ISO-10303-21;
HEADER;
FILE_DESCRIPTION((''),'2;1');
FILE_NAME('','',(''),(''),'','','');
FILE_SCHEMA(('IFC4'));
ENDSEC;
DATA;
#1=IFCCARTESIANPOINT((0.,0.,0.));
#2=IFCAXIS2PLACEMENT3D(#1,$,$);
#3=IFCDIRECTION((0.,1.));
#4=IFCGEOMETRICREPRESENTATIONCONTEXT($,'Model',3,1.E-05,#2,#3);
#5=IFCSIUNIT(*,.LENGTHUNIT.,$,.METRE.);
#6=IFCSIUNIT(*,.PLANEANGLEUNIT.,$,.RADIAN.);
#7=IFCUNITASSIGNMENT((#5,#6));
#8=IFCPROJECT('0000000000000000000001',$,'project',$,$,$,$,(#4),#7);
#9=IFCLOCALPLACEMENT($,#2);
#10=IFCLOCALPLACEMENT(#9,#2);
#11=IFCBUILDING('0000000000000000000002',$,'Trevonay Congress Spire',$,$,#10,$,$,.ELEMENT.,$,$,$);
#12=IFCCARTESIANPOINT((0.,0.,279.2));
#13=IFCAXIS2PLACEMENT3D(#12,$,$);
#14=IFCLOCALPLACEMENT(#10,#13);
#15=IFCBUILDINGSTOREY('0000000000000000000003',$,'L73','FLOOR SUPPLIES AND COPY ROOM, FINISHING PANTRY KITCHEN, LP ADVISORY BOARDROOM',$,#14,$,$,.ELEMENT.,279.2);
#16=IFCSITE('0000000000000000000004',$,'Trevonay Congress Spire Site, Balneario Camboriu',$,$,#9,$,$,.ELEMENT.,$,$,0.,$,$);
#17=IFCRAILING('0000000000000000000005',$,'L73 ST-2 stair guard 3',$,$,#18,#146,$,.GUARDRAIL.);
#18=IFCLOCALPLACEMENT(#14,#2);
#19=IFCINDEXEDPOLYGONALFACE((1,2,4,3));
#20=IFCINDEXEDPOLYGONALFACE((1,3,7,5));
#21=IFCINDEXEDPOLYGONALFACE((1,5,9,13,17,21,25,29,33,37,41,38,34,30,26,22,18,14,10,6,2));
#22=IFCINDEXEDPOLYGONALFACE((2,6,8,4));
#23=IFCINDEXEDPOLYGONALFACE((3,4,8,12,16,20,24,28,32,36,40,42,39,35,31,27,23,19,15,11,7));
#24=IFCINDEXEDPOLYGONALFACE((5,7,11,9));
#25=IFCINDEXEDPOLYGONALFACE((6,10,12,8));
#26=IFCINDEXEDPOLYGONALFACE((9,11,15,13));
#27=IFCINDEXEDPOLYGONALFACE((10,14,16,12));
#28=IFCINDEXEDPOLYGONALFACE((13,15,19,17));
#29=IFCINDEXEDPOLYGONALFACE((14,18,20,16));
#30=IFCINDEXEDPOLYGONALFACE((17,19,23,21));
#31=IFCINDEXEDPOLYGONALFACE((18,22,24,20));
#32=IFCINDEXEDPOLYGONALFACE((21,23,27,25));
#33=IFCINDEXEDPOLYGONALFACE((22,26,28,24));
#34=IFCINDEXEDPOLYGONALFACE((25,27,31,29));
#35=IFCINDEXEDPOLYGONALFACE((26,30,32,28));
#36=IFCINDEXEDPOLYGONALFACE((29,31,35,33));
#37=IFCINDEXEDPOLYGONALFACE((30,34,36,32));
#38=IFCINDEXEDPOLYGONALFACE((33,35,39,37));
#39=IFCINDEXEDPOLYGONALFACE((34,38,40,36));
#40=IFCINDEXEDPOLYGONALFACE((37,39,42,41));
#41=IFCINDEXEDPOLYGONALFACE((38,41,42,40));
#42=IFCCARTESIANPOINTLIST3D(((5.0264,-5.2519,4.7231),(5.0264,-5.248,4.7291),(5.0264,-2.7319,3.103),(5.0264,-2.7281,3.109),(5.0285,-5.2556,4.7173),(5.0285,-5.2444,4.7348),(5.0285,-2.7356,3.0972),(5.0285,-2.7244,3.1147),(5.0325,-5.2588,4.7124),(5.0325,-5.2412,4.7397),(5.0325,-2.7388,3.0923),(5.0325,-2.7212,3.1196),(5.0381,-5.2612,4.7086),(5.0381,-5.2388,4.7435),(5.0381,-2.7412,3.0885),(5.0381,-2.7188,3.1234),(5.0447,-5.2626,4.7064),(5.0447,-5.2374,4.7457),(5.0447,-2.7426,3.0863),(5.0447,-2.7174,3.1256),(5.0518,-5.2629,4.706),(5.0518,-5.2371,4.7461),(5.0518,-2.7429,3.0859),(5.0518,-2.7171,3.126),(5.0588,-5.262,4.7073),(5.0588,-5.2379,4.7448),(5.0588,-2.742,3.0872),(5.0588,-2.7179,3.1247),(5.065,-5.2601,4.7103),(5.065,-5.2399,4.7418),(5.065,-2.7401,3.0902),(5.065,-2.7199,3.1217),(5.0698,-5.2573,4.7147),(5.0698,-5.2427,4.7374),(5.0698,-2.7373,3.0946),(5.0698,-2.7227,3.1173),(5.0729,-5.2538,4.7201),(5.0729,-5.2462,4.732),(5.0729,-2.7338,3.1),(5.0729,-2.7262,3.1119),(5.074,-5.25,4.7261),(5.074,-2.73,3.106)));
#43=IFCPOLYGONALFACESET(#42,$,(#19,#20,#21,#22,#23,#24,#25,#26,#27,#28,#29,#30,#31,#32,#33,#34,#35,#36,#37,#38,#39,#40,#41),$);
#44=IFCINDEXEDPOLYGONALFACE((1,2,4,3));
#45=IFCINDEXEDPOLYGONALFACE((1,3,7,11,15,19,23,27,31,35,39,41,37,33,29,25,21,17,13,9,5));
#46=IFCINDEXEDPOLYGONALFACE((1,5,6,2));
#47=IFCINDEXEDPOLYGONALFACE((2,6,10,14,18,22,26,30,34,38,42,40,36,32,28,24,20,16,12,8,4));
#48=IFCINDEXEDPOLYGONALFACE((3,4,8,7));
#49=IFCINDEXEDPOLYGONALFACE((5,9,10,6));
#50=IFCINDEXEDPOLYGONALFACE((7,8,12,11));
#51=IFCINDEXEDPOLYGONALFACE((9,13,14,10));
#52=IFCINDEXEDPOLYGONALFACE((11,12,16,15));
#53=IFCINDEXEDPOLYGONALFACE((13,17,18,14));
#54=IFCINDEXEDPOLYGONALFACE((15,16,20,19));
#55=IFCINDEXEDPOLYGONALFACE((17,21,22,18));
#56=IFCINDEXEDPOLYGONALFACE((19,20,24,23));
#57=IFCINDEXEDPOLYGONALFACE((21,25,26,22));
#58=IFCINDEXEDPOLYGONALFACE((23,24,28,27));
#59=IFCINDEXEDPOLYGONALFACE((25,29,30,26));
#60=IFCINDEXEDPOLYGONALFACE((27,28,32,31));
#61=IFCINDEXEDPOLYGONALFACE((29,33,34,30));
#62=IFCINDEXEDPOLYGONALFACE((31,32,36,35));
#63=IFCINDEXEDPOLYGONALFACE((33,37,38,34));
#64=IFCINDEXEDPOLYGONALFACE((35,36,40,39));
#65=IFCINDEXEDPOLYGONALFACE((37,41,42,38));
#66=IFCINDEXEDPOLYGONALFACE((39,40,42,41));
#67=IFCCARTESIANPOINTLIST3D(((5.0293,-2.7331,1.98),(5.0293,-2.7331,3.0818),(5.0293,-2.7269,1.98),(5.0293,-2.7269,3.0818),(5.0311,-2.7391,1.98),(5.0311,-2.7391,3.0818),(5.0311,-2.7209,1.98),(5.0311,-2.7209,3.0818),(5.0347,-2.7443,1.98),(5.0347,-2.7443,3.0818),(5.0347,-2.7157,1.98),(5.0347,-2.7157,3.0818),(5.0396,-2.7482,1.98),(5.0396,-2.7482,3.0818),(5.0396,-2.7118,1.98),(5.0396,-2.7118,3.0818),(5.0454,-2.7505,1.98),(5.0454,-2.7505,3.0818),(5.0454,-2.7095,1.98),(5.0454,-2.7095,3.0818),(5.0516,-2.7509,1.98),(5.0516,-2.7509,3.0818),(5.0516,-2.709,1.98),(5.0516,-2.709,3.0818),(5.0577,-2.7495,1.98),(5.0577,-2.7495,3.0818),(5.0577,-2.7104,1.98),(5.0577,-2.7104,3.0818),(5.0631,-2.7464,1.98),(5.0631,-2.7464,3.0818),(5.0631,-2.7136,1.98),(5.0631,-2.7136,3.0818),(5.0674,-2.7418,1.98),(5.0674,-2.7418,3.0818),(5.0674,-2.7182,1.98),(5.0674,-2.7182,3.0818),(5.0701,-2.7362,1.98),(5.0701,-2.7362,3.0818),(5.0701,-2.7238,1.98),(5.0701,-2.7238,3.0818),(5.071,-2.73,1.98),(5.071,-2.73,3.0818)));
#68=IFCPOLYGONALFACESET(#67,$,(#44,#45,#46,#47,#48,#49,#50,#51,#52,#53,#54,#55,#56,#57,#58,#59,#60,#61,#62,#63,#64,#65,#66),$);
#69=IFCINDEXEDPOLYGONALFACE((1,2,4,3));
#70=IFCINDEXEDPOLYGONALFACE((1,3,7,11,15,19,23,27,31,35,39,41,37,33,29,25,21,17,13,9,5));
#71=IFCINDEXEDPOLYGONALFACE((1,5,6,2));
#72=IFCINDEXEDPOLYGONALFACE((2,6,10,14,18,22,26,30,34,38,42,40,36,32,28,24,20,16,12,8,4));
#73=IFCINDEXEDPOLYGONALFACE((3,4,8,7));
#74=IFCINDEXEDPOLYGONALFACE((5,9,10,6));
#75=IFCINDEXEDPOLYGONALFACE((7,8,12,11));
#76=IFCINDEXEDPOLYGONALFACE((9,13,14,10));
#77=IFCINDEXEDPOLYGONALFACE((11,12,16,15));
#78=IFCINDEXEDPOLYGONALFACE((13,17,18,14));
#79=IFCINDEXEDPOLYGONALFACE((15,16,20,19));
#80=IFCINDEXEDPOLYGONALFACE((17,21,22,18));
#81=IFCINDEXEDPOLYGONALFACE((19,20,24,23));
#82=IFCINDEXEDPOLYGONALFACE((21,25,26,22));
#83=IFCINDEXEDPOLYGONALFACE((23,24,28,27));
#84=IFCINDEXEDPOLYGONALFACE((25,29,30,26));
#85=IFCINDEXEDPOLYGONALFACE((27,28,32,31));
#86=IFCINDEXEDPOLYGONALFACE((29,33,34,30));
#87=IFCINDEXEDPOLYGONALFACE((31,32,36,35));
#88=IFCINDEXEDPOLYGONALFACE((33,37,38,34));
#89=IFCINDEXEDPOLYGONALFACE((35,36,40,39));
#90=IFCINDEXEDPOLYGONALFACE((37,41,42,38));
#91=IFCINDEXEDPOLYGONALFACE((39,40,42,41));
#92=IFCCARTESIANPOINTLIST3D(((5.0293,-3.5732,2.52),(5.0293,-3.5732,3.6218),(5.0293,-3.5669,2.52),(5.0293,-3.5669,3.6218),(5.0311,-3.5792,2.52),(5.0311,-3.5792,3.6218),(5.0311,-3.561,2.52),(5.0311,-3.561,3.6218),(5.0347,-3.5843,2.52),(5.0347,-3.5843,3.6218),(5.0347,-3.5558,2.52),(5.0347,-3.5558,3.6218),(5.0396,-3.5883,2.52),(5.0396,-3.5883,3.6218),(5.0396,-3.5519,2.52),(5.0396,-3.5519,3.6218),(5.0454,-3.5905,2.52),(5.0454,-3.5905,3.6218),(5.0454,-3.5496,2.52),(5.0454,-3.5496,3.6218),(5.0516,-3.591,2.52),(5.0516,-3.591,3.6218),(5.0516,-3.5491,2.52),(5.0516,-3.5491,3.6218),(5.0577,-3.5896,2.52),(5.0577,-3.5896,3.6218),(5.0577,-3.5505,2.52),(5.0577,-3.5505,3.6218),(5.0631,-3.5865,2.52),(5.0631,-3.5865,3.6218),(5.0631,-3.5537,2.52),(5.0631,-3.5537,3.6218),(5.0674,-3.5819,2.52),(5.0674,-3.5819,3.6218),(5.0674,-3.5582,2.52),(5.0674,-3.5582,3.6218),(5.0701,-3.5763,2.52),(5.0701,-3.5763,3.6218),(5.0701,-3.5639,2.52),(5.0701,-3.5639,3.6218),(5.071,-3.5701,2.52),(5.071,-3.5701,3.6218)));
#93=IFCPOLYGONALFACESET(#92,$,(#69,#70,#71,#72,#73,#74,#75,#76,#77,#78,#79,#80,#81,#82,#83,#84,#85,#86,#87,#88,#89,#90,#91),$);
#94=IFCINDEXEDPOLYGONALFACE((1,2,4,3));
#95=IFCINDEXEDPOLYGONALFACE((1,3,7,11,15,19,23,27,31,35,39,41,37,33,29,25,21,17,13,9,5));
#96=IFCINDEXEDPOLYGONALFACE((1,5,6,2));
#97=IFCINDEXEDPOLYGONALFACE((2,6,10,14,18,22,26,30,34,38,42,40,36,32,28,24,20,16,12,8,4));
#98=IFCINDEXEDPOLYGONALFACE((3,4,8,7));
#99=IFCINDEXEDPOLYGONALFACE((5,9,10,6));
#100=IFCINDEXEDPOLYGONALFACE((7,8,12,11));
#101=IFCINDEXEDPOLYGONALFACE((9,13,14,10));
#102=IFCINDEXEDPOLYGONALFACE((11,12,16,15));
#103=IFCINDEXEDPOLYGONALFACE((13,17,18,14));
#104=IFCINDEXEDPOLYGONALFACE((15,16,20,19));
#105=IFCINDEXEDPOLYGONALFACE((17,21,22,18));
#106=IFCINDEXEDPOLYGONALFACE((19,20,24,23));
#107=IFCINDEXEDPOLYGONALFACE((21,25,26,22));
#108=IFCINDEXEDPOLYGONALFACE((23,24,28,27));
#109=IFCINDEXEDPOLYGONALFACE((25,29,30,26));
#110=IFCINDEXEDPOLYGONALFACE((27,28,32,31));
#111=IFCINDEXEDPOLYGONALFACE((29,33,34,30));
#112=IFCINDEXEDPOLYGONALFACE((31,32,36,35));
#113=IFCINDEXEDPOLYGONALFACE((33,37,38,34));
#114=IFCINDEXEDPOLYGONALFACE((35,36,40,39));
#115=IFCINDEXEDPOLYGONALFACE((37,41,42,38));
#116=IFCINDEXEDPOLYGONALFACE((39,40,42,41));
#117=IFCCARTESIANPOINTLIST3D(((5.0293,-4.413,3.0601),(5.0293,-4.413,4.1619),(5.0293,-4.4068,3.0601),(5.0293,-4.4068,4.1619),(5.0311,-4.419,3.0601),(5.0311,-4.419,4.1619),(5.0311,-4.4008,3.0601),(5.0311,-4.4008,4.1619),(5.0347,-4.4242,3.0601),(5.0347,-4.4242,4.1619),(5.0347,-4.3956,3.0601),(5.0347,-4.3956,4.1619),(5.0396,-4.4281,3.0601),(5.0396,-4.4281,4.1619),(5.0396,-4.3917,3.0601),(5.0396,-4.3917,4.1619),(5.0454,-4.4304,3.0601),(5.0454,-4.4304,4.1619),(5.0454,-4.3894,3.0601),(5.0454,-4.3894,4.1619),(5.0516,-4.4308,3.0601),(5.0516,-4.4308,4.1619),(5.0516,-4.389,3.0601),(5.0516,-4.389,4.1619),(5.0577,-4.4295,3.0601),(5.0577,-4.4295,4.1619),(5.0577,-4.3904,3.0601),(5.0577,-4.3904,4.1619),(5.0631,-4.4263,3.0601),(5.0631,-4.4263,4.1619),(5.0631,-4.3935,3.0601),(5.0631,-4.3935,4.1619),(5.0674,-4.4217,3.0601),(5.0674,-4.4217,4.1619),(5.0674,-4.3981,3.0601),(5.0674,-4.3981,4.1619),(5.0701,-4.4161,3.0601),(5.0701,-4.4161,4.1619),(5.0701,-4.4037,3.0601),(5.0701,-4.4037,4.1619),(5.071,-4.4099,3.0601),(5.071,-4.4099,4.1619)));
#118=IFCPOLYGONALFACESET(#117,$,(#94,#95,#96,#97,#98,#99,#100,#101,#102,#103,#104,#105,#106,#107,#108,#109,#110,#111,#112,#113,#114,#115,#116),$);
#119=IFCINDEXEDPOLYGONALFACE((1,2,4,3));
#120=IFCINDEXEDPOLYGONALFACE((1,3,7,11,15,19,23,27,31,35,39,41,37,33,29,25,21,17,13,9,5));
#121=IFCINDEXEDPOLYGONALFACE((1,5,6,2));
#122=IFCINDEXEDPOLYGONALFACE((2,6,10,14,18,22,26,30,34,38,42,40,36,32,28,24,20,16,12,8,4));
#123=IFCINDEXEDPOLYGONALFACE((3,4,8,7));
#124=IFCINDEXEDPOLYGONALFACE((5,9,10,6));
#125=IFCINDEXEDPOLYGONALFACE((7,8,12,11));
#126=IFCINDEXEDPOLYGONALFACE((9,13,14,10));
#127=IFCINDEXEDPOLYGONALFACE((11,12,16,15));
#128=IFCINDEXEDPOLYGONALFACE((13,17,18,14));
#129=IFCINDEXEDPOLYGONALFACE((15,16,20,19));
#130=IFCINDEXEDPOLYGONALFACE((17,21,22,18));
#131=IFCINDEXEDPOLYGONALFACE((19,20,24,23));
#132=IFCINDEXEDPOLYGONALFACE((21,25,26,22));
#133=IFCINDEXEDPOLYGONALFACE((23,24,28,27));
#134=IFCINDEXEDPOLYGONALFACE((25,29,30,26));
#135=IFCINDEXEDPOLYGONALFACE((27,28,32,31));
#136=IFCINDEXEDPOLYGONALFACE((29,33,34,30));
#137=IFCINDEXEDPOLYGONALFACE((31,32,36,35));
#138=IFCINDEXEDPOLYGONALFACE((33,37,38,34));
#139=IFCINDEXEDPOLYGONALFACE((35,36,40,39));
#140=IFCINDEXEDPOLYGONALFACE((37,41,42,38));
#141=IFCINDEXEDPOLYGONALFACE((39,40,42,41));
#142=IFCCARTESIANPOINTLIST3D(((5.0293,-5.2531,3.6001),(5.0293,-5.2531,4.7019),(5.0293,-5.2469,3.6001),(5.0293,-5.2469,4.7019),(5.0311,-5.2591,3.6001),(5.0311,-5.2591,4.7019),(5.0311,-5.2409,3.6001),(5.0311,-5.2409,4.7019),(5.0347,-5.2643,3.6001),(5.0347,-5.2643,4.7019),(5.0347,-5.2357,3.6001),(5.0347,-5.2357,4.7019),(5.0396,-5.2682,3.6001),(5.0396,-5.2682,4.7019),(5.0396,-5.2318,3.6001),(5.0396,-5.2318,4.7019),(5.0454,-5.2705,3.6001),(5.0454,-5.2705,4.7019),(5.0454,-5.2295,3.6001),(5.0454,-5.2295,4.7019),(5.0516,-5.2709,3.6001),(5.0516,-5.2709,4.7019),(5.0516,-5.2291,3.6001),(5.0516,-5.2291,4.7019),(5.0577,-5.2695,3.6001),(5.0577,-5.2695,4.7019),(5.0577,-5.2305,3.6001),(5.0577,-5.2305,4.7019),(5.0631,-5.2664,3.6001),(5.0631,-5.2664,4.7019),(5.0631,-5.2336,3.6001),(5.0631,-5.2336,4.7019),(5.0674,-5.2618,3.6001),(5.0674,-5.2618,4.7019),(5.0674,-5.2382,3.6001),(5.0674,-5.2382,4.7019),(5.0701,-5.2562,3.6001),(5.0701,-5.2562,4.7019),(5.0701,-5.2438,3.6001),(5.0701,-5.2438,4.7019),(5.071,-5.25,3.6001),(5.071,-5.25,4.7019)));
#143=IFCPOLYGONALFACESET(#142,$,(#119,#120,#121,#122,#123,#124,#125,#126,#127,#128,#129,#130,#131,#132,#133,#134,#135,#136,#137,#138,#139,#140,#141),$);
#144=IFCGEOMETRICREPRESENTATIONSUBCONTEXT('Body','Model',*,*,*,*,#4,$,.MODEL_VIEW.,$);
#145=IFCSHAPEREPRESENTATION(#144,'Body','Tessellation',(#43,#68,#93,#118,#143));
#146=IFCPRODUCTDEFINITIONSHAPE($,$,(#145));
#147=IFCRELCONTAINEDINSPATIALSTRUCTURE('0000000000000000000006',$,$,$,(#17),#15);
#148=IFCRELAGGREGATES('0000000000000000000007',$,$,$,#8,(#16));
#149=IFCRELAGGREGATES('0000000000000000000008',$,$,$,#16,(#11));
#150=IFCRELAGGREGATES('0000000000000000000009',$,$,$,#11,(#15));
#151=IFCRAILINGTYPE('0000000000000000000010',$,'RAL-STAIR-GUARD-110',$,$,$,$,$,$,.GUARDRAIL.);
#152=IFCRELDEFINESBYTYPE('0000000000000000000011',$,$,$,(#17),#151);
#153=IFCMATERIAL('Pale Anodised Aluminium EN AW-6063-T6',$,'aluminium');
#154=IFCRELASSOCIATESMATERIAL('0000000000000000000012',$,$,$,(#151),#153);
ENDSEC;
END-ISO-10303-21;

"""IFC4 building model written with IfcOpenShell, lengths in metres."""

from ifc_helpers import new_model, si_unit, direction, frame, origin, origin_2d, place, context, subcontext, project, spatial, circle, extrude, material, type_object, element, save


model = new_model("IFC4")

# Units and contexts
model_context = context("Model", 3, precision=1e-05, world=origin(), true_north=direction((0.0, 1.0)))
body_context = subcontext(model_context, "Body", "Model", "MODEL_VIEW")
ifc_project = project(units=[si_unit("LENGTHUNIT", "METRE"), si_unit("PLANEANGLEUNIT", "RADIAN")], contexts=[model_context])

# Site, building, storey
site_placement = place(None, origin())
site = spatial("IfcSite", under=ifc_project, at=site_placement, Name="Trevonay Congress Spire Site, Balneario Camboriu", CompositionType="ELEMENT", RefElevation=0.0)
building_placement = place(site_placement, origin())
building = spatial("IfcBuilding", under=site, at=building_placement, Name="Trevonay Congress Spire", CompositionType="ELEMENT")
storey_placement = place(building_placement, frame((0.0, 0.0, 279.2)))
storey = spatial("IfcBuildingStorey", under=building, at=storey_placement, Name="L73", Description="FLOOR SUPPLIES AND COPY ROOM, FINISHING PANTRY KITCHEN, LP ADVISORY BOARDROOM", CompositionType="ELEMENT", Elevation=279.2)

# Shared definitions
ifc_material_1 = material(Name="Pale Anodised Aluminium EN AW-6063-T6", Category="aluminium")

# Railing
railing_type_1 = type_object("IfcRailingType", Name="RAL-STAIR-GUARD-110", PredefinedType="GUARDRAIL", material=ifc_material_1)
railing_1_placement = place(storey_placement, frame((5.05, -2.73, 1.98)))
element("IfcRailing", 1, at=railing_1_placement, inside=storey, type_object=railing_type_1, Name="L73 ST-2 stair guard 3", PredefinedType="GUARDRAIL", context=body_context, shape_type="SweptSolid", body=[
    extrude(circle(Radius=0.0239, at=origin_2d()), frame((0.0, 0.0, 1.126), z_axis=(0.0, -0.841163, 0.540782), x_axis=(1.0, 0.0, 0.0)), (0.0, 0.0, 1.0), 2.9958),
    extrude(circle(Radius=0.021, at=origin_2d()), origin(), (0.0, 0.0, 1.0), 1.1018),
    extrude(circle(Radius=0.021, at=origin_2d()), frame((0.0, -0.8401, 0.54)), (0.0, 0.0, 1.0), 1.1018),
    extrude(circle(Radius=0.021, at=origin_2d()), frame((0.0, -1.6799, 1.0801)), (0.0, 0.0, 1.0), 1.1018),
    extrude(circle(Radius=0.021, at=origin_2d()), frame((0.0, -2.52, 1.6201)), (0.0, 0.0, 1.0), 1.1018),
])

save(model, "model.ifc")
